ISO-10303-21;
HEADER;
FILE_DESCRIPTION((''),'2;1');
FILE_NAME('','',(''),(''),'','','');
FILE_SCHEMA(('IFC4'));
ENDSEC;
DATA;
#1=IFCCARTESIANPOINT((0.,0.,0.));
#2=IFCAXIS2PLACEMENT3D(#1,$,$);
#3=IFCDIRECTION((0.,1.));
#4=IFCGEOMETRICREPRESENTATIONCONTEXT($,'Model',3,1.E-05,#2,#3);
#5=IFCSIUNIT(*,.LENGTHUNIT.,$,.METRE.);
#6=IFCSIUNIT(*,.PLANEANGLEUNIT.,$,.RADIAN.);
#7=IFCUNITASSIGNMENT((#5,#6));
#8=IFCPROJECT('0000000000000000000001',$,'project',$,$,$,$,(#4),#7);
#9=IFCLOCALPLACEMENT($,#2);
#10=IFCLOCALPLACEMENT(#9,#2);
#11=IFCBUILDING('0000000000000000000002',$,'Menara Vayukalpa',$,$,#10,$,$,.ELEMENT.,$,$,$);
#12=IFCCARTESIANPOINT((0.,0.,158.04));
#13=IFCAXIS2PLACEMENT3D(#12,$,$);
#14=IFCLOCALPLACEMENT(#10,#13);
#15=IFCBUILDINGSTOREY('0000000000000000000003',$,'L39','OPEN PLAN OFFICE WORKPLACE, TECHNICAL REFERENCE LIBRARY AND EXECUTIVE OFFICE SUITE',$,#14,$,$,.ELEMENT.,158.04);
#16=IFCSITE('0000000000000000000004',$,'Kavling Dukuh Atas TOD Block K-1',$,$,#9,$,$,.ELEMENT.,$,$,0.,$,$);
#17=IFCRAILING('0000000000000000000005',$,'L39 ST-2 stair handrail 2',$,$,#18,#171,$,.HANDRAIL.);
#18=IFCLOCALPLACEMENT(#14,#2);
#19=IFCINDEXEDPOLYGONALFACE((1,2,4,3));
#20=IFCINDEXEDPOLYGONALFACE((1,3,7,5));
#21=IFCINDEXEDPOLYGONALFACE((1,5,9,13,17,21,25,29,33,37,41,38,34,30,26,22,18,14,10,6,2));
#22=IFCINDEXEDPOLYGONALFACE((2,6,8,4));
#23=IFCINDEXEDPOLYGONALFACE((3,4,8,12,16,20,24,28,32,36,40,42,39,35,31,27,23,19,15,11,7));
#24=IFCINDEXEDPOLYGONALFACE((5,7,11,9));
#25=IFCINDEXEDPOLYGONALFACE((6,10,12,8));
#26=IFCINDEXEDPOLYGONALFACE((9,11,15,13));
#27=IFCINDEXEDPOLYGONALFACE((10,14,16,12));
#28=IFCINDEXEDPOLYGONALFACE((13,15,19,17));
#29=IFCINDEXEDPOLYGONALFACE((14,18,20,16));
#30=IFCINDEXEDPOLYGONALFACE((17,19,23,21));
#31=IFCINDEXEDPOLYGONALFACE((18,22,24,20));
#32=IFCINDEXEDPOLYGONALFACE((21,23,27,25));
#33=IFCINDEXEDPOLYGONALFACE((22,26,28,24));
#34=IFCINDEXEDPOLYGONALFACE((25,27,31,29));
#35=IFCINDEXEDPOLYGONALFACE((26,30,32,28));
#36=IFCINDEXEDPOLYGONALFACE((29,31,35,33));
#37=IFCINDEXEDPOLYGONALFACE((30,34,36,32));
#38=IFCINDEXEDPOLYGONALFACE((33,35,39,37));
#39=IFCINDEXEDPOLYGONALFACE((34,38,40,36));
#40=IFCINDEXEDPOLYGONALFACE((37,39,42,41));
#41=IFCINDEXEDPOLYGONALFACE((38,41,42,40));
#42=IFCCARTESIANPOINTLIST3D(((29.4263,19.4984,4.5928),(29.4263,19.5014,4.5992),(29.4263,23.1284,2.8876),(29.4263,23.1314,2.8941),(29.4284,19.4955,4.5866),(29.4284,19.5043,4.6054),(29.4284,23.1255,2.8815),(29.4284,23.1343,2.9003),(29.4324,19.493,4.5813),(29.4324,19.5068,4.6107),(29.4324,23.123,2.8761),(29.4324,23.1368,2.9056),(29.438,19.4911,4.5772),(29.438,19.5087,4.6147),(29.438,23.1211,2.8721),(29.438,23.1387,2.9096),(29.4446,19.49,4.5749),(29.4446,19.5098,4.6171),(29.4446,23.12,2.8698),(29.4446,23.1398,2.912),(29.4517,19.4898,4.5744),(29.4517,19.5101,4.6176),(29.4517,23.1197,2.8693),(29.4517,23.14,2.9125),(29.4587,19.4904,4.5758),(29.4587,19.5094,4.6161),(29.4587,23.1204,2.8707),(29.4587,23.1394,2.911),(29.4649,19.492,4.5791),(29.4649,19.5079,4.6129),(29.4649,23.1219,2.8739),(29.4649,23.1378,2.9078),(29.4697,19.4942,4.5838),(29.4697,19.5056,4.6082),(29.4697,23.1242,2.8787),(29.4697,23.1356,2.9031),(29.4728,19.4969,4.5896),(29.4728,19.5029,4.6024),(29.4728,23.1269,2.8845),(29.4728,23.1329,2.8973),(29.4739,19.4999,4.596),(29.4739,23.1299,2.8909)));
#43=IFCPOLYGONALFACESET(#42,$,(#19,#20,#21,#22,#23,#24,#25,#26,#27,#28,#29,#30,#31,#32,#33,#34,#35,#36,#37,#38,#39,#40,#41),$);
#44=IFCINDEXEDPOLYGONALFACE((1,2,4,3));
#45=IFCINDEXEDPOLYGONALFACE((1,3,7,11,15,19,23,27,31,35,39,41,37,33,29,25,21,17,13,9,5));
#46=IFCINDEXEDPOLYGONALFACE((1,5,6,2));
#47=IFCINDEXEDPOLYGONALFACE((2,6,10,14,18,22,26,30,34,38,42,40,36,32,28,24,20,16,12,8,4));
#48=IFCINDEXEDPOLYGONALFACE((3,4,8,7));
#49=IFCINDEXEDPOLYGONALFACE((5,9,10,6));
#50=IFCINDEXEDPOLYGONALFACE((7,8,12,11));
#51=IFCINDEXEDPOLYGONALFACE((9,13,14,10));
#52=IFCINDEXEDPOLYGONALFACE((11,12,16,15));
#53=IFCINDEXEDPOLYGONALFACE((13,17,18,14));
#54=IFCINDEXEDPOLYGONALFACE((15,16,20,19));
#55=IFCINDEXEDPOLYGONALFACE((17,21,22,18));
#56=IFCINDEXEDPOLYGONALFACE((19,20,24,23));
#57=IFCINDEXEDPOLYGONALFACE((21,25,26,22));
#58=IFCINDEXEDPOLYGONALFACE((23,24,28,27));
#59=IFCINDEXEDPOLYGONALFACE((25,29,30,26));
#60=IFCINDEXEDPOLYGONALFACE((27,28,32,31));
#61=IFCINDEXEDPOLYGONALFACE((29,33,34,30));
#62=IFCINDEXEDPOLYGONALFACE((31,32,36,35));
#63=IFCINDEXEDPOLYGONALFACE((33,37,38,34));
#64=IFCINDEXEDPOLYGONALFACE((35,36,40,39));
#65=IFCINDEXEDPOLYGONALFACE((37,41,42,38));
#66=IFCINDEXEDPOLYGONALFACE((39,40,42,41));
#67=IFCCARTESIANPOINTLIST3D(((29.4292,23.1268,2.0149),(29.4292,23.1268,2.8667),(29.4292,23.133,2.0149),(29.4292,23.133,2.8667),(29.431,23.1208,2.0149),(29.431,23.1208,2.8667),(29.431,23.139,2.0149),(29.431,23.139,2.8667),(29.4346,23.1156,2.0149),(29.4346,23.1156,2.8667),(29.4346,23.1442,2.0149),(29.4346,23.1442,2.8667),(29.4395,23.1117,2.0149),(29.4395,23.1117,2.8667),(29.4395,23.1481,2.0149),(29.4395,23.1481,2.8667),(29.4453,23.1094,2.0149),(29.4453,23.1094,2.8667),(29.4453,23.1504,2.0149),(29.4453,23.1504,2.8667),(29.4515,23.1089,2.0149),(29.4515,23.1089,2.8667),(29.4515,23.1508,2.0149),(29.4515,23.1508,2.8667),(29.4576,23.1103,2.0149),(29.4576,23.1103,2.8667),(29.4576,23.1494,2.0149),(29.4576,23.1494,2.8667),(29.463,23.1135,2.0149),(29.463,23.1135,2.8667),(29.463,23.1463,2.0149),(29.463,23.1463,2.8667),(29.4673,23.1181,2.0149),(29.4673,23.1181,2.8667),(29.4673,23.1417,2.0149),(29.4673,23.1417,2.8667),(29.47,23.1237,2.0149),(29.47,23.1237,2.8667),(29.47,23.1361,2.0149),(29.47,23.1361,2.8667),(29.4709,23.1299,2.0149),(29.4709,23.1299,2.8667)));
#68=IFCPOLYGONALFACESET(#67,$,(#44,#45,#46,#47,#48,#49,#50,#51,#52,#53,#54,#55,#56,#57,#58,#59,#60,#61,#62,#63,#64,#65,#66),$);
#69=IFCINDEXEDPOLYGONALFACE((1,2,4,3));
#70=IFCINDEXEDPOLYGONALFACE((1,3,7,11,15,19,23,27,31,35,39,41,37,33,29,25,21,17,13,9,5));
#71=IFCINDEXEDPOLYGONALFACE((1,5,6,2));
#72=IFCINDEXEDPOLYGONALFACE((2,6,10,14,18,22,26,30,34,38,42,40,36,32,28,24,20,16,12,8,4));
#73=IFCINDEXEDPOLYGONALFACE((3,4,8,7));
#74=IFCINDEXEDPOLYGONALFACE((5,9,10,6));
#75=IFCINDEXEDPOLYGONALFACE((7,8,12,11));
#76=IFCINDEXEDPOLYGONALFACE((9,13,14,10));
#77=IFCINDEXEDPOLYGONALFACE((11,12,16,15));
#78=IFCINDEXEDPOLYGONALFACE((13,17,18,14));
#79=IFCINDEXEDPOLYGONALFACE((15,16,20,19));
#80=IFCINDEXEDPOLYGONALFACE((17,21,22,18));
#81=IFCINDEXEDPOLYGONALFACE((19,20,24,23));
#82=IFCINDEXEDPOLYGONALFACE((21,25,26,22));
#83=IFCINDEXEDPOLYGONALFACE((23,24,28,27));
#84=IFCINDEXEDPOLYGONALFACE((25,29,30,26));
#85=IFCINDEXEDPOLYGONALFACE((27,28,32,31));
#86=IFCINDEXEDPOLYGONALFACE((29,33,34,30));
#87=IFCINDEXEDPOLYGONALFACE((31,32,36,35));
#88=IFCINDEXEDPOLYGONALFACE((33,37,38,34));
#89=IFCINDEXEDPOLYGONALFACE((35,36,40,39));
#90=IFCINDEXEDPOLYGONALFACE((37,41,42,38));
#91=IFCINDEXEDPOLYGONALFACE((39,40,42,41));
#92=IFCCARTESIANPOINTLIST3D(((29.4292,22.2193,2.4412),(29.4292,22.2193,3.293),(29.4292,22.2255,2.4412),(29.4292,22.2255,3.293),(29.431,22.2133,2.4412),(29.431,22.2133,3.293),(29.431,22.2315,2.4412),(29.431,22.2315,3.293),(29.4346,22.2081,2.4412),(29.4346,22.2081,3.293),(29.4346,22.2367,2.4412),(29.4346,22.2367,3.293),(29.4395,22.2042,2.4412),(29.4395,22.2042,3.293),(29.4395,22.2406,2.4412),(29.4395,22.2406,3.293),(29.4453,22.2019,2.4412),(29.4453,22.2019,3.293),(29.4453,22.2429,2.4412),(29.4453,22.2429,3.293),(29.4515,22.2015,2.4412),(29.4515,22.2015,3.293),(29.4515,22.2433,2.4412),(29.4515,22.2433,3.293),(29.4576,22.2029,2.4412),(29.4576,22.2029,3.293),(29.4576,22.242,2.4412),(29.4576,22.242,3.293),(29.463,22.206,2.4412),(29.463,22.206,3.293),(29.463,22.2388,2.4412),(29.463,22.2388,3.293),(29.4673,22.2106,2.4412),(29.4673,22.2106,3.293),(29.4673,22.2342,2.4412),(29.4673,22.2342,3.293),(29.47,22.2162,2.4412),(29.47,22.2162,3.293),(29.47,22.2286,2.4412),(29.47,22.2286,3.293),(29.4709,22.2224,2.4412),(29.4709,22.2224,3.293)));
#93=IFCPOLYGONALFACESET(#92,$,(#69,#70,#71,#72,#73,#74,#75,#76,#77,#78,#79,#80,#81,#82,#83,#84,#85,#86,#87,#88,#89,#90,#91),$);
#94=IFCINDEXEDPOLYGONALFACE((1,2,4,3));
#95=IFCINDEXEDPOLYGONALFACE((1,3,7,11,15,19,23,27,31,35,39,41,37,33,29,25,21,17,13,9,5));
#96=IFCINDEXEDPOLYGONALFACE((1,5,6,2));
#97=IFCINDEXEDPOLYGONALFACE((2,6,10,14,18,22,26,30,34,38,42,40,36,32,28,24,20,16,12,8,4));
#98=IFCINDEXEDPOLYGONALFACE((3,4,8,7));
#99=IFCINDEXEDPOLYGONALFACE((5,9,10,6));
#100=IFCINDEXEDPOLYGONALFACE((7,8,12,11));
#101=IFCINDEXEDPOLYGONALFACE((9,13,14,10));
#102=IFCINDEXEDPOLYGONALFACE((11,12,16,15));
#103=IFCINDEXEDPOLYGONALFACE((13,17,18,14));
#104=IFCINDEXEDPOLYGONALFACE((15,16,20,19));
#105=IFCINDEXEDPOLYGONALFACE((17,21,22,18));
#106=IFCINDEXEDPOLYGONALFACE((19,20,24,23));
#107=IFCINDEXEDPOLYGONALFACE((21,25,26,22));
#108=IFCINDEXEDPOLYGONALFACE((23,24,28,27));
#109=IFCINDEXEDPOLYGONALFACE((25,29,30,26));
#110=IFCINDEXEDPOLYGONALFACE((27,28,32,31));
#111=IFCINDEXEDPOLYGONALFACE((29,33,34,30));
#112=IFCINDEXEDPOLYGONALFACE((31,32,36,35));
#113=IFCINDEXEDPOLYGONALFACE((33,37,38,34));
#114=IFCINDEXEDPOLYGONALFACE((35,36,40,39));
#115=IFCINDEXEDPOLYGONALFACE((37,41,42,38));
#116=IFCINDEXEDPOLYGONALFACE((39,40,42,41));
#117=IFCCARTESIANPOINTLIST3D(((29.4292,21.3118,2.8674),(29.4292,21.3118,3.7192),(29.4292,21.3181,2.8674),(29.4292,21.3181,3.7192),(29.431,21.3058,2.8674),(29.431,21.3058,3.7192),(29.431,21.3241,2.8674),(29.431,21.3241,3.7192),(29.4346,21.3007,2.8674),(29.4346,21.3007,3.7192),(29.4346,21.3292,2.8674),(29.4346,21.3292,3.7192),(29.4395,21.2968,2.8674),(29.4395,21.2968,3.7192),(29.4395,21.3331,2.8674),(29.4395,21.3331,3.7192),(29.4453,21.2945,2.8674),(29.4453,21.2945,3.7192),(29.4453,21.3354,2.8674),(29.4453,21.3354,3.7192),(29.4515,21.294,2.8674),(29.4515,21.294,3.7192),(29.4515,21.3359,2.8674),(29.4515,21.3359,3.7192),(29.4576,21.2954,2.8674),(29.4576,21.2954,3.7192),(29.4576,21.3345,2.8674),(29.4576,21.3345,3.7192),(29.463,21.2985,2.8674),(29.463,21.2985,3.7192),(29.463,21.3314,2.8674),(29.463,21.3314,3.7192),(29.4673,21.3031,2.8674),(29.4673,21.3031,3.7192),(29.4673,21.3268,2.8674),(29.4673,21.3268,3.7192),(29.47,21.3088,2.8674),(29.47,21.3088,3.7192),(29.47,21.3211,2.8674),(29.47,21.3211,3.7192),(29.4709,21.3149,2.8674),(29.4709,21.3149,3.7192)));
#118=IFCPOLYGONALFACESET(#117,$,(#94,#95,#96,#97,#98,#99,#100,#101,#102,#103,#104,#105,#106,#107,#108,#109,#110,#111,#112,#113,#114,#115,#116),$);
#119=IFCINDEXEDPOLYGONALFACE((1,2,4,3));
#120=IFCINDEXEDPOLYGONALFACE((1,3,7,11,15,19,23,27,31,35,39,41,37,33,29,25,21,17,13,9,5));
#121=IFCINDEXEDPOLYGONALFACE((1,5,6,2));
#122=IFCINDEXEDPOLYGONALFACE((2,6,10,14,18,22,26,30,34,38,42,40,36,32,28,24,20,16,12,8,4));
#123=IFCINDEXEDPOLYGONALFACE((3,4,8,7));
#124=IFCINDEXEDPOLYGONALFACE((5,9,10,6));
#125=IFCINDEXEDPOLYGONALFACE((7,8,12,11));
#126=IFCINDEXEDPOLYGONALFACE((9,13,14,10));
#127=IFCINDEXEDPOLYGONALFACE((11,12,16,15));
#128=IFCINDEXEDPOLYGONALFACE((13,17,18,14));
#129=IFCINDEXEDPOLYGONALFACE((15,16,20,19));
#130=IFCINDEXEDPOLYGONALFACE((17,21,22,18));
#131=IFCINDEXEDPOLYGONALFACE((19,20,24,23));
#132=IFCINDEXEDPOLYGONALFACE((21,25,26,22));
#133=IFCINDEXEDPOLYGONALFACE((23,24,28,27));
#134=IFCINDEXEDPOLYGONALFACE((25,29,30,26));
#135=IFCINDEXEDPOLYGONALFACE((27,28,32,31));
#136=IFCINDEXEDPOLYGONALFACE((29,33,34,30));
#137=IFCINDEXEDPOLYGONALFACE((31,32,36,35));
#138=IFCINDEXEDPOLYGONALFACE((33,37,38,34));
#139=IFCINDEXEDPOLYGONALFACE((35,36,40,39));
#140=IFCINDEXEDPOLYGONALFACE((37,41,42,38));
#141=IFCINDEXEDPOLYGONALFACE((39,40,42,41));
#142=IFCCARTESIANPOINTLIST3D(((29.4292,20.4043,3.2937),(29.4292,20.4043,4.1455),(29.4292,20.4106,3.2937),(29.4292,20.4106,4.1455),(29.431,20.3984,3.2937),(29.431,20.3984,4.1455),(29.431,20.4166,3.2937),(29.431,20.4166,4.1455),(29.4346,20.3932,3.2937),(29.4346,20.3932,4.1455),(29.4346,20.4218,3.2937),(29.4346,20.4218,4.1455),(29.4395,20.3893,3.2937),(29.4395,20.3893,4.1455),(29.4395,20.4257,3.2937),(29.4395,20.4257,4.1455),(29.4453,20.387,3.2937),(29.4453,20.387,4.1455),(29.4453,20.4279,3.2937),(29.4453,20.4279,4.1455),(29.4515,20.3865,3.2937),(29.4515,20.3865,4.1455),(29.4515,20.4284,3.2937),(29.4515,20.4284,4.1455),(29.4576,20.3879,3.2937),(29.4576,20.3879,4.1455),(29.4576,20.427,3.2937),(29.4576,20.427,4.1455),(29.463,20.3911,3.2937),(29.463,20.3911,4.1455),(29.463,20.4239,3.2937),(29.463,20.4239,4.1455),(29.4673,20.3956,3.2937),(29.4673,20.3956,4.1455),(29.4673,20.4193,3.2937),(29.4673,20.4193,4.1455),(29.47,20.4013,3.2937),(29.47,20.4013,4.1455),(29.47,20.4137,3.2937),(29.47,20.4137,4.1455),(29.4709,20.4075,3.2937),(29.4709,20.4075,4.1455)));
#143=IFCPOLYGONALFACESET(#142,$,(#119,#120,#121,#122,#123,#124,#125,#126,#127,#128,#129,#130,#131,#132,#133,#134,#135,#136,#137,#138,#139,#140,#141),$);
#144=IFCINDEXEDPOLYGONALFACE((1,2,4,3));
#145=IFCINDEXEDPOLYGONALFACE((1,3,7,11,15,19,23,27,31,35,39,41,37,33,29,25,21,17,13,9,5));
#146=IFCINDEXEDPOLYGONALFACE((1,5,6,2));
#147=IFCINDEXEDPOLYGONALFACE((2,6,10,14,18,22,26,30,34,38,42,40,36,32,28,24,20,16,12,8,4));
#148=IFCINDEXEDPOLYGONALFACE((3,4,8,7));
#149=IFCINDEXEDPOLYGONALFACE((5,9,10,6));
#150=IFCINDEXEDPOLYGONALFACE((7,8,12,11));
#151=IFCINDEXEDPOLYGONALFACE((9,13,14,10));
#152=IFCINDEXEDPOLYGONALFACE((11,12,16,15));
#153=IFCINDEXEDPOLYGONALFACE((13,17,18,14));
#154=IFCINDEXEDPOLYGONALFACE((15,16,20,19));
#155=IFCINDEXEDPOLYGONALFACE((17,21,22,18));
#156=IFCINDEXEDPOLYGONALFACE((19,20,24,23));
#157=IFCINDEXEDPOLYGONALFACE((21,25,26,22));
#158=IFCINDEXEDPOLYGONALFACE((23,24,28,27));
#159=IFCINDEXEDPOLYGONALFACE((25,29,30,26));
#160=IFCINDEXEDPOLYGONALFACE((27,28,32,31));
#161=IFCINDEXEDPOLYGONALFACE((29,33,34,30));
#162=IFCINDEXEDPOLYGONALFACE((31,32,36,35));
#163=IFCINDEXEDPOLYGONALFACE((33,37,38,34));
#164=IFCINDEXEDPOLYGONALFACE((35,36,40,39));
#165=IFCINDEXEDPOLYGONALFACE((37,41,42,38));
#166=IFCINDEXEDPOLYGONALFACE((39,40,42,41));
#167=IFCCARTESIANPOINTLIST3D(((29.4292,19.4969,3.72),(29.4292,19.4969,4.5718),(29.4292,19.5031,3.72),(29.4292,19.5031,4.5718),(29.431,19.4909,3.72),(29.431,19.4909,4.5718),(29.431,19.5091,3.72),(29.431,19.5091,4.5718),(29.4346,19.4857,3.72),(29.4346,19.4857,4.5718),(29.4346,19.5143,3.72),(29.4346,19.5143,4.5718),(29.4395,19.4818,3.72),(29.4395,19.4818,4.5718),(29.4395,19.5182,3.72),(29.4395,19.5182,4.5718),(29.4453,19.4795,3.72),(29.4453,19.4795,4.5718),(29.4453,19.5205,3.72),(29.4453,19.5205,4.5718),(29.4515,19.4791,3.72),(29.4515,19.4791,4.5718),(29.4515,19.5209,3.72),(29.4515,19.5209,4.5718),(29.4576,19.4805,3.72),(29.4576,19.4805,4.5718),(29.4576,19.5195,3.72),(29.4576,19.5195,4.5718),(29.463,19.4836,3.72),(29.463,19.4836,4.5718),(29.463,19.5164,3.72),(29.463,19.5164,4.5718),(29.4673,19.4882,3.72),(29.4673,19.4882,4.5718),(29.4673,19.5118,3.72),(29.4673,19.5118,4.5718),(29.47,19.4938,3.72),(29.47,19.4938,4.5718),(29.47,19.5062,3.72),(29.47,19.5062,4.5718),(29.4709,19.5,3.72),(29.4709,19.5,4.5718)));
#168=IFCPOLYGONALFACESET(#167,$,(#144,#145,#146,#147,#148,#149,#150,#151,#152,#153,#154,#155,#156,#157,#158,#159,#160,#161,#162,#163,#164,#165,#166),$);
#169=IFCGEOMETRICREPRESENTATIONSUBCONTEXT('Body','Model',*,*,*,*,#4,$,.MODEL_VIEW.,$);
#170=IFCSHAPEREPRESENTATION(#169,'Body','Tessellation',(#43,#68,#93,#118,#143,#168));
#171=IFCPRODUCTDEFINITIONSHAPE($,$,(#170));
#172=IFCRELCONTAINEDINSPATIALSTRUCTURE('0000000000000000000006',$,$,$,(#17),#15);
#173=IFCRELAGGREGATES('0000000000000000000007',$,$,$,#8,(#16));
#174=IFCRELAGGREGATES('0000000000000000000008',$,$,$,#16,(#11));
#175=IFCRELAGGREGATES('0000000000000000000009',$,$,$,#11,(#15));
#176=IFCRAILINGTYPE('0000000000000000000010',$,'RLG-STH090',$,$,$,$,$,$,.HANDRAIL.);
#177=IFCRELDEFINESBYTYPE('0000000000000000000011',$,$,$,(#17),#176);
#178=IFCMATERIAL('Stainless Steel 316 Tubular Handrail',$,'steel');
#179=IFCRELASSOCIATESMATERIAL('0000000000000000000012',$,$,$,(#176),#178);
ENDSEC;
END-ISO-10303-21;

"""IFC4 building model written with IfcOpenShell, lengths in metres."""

from ifc_helpers import new_model, si_unit, direction, frame, origin, origin_2d, place, context, subcontext, project, spatial, circle, extrude, material, type_object, element, save


model = new_model("IFC4")

# Units and contexts
model_context = context("Model", 3, precision=1e-05, world=origin(), true_north=direction((0.0, 1.0)))
body_context = subcontext(model_context, "Body", "Model", "MODEL_VIEW")
ifc_project = project(units=[si_unit("LENGTHUNIT", "METRE"), si_unit("PLANEANGLEUNIT", "RADIAN")], contexts=[model_context])

# Site, building, storey
site_placement = place(None, origin())
site = spatial("IfcSite", under=ifc_project, at=site_placement, Name="Kavling Dukuh Atas TOD Block K-1", CompositionType="ELEMENT", RefElevation=0.0)
building_placement = place(site_placement, origin())
building = spatial("IfcBuilding", under=site, at=building_placement, Name="Menara Vayukalpa", CompositionType="ELEMENT")
storey_placement = place(building_placement, frame((0.0, 0.0, 158.04)))
storey = spatial("IfcBuildingStorey", under=building, at=storey_placement, Name="L39", Description="OPEN PLAN OFFICE WORKPLACE, TECHNICAL REFERENCE LIBRARY AND EXECUTIVE OFFICE SUITE", CompositionType="ELEMENT", Elevation=158.04)

# Railing
ifc_material_1 = material(Name="Stainless Steel 316 Tubular Handrail", Category="steel")
railing_type_1 = type_object("IfcRailingType", Name="RLG-STH090", PredefinedType="HANDRAIL", material=ifc_material_1)
railing_1_placement = place(storey_placement, frame((29.45, 23.1299, 2.0149)))
element("IfcRailing", 1, at=railing_1_placement, inside=storey, type_object=railing_type_1, Name="L39 ST-2 stair handrail 2", PredefinedType="HANDRAIL", context=body_context, shape_type="SweptSolid", body=[
    extrude(circle(Radius=0.0239, at=origin_2d()), frame((0.0, 0.0, 0.876), z_axis=(0.0, -0.905116, 0.425164), x_axis=(1.0, 0.0, 0.0)), (0.0, 0.0, 1.0), 4.0105),
    extrude(circle(Radius=0.021, at=origin_2d()), origin(), (0.0, 0.0, 1.0), 0.8518),
    extrude(circle(Radius=0.021, at=origin_2d()), frame((0.0, -0.9075, 0.4263)), (0.0, 0.0, 1.0), 0.8518),
    extrude(circle(Radius=0.021, at=origin_2d()), frame((0.0, -1.8149, 0.8525)), (0.0, 0.0, 1.0), 0.8518),
    extrude(circle(Radius=0.021, at=origin_2d()), frame((0.0, -2.7224, 1.2788)), (0.0, 0.0, 1.0), 0.8518),
    extrude(circle(Radius=0.021, at=origin_2d()), frame((0.0, -3.6299, 1.7051)), (0.0, 0.0, 1.0), 0.8518),
])

save(model, "model.ifc")
